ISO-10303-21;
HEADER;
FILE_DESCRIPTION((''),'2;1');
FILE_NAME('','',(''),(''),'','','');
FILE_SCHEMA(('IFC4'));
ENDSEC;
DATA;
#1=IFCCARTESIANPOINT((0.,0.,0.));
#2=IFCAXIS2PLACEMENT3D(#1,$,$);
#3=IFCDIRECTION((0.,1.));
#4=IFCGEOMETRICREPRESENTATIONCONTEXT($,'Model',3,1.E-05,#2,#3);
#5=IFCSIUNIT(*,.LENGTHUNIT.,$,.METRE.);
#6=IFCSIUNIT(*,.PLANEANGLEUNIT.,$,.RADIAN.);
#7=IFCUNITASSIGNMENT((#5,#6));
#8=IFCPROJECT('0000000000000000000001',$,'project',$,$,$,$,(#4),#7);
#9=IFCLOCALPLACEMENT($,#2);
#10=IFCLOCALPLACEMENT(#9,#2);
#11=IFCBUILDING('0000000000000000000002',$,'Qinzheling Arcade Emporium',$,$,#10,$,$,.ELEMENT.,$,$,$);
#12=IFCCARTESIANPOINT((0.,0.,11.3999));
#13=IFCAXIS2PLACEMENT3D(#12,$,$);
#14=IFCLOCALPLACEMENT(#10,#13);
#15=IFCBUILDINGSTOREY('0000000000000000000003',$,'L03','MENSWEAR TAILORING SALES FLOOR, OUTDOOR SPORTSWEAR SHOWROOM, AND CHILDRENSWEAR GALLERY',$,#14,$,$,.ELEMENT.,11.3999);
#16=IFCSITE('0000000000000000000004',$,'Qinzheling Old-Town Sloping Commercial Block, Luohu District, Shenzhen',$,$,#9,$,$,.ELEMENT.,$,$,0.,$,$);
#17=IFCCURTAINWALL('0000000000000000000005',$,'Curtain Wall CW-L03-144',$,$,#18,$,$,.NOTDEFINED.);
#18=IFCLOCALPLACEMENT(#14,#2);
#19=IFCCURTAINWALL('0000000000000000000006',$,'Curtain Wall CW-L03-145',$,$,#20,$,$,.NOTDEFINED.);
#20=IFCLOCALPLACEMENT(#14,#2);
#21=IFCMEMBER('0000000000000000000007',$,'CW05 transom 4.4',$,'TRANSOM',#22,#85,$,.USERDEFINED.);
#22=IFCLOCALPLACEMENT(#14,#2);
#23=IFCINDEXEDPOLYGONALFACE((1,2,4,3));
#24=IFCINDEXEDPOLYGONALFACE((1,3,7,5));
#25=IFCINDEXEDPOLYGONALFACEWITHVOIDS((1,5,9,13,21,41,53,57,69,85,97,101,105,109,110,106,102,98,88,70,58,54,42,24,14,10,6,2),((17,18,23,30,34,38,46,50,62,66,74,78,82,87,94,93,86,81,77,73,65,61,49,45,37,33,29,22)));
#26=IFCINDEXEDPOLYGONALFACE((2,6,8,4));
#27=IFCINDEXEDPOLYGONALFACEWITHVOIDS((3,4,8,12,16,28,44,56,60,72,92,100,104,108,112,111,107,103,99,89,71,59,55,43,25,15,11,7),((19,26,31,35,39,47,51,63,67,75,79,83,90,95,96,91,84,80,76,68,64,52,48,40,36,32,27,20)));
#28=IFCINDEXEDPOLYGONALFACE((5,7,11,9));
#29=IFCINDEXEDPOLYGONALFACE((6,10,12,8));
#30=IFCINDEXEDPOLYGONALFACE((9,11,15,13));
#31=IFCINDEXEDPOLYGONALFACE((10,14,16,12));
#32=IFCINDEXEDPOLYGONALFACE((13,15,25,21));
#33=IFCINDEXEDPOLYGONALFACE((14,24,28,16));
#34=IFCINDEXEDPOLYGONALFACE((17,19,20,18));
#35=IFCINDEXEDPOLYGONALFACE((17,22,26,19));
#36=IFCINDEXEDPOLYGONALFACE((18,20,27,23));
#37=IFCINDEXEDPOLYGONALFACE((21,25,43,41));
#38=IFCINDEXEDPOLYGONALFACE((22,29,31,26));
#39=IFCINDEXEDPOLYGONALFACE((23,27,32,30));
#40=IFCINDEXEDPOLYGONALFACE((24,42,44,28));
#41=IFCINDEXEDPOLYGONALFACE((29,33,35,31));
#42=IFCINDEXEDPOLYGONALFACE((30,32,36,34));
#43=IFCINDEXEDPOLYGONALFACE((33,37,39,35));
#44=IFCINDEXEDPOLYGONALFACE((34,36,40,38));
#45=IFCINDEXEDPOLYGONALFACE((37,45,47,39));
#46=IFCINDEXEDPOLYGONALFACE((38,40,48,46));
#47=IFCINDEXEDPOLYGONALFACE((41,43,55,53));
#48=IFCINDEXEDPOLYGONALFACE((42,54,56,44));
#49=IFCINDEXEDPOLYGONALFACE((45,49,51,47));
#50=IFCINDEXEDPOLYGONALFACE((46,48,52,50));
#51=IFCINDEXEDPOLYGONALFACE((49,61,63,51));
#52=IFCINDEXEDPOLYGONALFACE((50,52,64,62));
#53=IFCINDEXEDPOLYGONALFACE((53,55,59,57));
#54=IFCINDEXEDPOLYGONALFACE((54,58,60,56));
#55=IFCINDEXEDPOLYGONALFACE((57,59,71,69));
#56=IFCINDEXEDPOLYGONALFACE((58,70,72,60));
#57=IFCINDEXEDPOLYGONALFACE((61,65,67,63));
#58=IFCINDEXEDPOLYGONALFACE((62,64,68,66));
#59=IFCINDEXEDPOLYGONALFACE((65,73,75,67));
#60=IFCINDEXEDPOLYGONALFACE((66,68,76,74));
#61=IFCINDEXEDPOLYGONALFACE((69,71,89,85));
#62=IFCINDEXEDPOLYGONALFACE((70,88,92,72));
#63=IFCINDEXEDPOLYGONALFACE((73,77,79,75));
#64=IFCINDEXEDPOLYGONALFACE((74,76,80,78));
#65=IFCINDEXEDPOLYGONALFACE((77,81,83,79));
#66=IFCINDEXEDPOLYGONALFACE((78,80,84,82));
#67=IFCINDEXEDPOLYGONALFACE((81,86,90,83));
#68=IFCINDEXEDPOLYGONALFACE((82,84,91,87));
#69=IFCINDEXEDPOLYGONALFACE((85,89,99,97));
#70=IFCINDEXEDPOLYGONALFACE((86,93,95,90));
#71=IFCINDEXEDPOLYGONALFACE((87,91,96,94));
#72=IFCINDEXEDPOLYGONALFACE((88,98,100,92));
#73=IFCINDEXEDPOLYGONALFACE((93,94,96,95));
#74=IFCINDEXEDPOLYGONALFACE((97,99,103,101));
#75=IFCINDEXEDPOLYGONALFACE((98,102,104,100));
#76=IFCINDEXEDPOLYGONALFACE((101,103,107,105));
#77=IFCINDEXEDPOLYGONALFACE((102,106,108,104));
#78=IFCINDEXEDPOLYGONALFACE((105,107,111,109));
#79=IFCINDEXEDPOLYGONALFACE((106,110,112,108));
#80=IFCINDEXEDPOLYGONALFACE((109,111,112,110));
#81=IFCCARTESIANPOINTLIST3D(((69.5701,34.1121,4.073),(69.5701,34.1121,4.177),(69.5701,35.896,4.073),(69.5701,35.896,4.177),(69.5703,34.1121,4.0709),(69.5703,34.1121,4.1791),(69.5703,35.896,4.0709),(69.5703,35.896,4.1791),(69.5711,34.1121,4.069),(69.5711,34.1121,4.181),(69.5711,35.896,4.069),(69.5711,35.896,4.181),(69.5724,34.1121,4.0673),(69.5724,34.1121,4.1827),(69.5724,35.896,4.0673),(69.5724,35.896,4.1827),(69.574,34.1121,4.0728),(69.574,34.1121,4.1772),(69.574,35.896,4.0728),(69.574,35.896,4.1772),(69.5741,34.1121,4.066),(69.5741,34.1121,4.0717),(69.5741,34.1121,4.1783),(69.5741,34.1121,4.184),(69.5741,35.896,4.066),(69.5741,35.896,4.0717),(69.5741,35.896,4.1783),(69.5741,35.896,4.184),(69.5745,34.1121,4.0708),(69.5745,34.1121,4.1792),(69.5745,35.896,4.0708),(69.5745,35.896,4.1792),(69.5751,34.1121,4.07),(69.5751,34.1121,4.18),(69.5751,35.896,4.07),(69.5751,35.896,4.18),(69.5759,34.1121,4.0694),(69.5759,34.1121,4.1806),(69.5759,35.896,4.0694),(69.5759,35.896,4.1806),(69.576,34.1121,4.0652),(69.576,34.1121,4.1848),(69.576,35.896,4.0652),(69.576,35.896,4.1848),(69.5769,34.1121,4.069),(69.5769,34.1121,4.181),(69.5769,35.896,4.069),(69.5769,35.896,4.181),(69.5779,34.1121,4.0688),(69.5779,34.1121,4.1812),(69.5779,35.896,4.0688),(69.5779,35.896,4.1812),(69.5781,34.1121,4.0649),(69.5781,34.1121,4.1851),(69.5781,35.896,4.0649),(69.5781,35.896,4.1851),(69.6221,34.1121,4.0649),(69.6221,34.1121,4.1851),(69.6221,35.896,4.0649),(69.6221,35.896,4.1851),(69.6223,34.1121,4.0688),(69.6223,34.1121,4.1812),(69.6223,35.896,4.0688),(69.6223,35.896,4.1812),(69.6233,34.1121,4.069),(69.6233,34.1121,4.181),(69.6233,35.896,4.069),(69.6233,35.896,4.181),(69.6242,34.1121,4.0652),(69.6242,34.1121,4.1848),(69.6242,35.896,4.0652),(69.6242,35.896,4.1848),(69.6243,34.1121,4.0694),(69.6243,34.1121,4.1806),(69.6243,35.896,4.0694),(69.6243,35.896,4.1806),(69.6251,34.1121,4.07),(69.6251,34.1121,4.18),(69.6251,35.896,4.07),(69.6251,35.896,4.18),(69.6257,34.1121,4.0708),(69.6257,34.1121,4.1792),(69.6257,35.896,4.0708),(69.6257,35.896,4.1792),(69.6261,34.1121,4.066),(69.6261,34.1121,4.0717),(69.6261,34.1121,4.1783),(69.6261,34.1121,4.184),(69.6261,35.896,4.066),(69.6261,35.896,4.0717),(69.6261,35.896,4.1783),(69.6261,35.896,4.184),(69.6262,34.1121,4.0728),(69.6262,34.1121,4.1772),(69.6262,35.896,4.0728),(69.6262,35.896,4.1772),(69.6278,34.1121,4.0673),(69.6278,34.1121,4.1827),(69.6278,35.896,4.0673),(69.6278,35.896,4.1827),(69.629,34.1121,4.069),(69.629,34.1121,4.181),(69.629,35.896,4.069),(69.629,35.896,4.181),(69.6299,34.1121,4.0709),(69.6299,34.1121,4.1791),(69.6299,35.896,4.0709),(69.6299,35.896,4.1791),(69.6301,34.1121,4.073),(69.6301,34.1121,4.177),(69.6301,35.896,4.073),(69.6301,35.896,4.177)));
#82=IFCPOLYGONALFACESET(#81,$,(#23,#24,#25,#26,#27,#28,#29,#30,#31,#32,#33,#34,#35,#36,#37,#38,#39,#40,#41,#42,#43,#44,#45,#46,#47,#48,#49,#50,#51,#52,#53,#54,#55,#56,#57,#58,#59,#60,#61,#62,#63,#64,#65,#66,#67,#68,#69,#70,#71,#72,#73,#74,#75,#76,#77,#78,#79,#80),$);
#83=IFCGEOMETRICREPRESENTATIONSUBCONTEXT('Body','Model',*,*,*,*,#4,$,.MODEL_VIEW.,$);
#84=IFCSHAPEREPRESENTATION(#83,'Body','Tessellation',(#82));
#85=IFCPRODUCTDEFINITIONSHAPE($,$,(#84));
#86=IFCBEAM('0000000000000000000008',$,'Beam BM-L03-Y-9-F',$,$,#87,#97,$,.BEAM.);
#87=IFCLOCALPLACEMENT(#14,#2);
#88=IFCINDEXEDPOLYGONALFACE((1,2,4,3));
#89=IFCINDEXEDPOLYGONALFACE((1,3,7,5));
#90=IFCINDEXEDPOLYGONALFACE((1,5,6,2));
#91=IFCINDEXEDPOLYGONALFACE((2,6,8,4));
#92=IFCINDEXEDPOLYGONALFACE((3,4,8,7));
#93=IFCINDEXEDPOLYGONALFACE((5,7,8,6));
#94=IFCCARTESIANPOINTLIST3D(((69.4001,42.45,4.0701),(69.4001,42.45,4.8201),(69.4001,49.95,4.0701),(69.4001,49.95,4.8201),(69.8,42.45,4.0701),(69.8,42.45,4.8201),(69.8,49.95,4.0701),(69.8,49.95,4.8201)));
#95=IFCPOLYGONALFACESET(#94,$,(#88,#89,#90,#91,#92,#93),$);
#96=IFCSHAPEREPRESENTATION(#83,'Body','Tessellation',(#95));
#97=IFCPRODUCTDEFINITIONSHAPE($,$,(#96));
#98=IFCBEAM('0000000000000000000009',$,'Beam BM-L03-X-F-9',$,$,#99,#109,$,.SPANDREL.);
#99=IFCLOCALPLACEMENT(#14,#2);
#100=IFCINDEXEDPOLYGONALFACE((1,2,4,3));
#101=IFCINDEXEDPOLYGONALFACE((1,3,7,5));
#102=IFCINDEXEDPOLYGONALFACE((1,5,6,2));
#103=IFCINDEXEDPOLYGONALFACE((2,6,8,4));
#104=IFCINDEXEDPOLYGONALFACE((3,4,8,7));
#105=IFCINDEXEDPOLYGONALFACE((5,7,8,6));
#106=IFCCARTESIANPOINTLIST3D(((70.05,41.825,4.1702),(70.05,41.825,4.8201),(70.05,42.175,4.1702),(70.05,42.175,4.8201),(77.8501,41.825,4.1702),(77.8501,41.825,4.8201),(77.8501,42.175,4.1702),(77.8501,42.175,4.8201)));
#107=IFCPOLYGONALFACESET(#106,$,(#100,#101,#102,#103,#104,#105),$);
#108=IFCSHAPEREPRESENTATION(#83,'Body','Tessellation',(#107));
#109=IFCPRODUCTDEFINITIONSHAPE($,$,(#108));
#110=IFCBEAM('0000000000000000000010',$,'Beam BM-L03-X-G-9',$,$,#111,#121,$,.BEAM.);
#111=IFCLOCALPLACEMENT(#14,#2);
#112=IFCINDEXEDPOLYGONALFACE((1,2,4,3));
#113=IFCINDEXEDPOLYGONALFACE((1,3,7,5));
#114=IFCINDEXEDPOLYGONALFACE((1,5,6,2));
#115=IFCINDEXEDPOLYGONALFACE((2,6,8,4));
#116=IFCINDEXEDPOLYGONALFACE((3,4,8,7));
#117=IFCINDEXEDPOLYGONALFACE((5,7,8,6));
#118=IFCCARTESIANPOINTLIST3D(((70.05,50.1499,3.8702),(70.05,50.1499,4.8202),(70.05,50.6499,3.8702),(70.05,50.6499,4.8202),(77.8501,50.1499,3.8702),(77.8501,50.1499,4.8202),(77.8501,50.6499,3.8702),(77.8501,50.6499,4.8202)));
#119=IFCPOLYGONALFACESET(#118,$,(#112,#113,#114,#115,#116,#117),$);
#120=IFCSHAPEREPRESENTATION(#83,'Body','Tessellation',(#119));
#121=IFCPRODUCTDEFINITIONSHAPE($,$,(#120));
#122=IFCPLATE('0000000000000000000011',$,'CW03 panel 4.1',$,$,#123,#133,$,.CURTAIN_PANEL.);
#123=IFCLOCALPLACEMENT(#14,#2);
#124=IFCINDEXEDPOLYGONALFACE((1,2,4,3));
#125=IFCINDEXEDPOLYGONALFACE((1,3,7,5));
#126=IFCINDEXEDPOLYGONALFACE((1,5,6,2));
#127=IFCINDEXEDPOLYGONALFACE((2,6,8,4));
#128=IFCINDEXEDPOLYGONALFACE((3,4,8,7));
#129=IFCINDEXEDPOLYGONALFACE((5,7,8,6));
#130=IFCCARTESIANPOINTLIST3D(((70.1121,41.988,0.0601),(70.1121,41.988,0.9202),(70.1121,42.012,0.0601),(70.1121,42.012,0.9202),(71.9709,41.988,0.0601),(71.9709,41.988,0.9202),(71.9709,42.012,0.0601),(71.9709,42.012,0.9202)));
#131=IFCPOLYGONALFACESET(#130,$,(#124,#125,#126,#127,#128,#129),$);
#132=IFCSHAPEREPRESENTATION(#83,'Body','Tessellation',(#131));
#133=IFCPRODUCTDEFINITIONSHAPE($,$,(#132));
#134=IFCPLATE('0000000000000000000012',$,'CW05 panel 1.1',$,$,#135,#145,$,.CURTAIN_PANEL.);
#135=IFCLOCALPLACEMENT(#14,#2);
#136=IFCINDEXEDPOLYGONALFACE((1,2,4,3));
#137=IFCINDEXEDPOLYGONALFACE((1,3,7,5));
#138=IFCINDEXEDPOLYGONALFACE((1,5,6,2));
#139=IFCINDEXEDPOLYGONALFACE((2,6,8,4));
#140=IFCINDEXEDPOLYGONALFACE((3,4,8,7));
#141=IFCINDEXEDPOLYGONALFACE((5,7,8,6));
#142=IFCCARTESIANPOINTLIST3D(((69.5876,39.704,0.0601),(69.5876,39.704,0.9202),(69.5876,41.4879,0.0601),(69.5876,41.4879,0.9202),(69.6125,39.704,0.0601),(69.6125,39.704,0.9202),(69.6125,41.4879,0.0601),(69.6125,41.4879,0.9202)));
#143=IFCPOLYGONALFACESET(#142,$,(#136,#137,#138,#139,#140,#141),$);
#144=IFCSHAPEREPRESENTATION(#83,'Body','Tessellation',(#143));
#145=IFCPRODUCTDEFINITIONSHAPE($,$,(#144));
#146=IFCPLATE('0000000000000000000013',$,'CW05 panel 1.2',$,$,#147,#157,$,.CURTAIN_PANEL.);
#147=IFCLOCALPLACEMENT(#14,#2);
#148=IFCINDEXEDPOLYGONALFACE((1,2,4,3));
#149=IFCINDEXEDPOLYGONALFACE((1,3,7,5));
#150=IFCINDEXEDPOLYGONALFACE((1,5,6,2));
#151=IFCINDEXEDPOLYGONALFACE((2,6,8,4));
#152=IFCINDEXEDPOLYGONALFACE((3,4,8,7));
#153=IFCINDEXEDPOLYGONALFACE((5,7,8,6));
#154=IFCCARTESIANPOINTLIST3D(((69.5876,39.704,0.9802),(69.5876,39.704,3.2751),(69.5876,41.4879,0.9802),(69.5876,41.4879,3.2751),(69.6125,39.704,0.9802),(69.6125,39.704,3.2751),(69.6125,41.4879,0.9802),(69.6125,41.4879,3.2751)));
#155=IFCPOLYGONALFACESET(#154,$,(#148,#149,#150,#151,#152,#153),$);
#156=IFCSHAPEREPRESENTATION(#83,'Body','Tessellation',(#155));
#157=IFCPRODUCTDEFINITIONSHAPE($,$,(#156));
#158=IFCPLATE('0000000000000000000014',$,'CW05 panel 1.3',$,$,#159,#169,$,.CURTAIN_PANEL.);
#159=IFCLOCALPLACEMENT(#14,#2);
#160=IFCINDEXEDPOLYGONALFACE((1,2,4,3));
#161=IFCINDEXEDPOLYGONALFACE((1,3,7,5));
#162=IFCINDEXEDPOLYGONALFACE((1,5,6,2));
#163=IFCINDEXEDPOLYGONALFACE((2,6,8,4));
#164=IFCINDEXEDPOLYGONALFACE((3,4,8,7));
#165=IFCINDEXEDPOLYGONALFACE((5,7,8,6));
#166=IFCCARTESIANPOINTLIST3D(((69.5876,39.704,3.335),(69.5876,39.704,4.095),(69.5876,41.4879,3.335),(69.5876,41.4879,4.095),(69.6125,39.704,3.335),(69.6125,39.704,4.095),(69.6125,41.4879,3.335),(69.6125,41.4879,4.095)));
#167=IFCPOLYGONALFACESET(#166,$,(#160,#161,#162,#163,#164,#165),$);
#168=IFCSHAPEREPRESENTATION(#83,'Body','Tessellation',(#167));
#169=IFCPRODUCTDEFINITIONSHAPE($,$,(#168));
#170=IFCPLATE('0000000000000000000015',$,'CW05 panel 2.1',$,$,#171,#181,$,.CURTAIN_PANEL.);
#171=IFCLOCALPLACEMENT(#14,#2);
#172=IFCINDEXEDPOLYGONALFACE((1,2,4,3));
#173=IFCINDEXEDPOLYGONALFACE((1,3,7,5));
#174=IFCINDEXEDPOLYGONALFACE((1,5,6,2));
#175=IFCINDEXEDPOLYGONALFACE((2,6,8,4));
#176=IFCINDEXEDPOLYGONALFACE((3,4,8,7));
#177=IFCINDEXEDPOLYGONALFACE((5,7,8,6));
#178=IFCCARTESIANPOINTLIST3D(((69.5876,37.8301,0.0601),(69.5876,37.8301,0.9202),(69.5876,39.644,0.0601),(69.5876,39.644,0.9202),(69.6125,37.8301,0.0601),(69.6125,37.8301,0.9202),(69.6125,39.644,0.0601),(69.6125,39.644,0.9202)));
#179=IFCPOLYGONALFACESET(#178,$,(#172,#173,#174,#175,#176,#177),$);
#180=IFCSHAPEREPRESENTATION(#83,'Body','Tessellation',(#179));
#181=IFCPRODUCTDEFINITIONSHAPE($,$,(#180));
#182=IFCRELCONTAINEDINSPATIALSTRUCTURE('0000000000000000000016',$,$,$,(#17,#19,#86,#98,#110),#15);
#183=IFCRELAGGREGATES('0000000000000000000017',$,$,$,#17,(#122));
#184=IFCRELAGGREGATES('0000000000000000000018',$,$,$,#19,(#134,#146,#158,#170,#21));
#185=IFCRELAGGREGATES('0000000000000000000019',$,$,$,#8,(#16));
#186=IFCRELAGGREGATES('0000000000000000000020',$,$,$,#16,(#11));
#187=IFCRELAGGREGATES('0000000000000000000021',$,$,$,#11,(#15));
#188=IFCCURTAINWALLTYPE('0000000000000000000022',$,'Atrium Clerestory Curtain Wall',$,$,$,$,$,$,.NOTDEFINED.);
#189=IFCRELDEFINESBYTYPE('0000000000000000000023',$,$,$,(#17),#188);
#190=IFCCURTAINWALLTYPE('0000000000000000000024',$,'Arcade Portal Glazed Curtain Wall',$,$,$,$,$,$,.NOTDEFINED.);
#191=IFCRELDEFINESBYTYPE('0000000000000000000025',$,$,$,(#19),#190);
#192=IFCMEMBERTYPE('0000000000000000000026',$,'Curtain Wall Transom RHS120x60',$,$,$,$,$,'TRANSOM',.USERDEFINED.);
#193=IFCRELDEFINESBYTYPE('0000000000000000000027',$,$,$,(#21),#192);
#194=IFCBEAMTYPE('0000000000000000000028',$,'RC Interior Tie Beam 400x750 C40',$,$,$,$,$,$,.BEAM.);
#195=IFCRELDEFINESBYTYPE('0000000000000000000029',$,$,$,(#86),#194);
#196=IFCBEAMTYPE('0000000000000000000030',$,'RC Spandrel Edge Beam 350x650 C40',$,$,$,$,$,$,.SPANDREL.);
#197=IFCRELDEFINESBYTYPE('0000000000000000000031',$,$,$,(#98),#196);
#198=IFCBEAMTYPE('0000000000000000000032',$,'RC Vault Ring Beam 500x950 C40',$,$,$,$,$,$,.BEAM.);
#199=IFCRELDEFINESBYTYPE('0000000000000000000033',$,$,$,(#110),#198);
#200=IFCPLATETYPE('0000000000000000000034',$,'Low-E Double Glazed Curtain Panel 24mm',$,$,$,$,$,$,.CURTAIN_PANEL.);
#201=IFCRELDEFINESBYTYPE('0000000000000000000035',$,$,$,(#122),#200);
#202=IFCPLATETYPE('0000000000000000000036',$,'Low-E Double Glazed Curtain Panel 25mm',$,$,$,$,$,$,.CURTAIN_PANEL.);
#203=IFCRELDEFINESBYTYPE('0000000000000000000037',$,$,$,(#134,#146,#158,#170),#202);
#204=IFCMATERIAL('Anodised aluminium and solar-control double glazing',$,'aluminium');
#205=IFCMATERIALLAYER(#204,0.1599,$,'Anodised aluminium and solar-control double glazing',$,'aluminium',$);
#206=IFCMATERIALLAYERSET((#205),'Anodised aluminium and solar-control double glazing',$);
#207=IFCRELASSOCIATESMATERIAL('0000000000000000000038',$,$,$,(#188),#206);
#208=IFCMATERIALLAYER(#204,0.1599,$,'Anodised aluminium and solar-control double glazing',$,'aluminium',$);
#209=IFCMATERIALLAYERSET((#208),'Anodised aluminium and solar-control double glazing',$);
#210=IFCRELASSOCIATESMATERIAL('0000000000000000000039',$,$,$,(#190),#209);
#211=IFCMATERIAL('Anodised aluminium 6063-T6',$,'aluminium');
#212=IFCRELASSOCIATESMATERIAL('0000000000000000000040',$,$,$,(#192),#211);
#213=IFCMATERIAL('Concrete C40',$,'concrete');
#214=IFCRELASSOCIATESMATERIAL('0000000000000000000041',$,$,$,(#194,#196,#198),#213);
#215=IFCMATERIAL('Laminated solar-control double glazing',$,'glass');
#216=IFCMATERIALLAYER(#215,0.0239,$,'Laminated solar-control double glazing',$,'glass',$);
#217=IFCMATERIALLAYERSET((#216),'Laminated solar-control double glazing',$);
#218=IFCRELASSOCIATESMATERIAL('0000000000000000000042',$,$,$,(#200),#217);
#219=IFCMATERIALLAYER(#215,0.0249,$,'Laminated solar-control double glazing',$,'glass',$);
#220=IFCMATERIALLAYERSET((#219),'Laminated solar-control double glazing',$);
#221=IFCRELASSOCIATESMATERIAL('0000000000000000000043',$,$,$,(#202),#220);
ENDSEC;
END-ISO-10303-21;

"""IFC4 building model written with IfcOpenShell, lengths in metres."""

from ifc_helpers import new_model, si_unit, direction, frame, origin, origin_2d, place, context, subcontext, project, spatial, rectangle, hollow_rectangle, extrude, material, layer, layer_set, material_profile, profile_set, type_object, element, aggregate, save


model = new_model("IFC4")

# Units and contexts
model_context = context("Model", 3, precision=1e-05, world=origin(), true_north=direction((0.0, 1.0)))
body_context = subcontext(model_context, "Body", "Model", "MODEL_VIEW")
ifc_project = project(units=[si_unit("LENGTHUNIT", "METRE"), si_unit("PLANEANGLEUNIT", "RADIAN")], contexts=[model_context])

# Site, building, storey
site_placement = place(None, origin())
site = spatial("IfcSite", under=ifc_project, at=site_placement, Name="Qinzheling Old-Town Sloping Commercial Block, Luohu District, Shenzhen", CompositionType="ELEMENT", RefElevation=0.0)
building_placement = place(site_placement, origin())
building = spatial("IfcBuilding", under=site, at=building_placement, Name="Qinzheling Arcade Emporium", CompositionType="ELEMENT")
storey_placement = place(building_placement, frame((0.0, 0.0, 11.3999)))
storey = spatial("IfcBuildingStorey", under=building, at=storey_placement, Name="L03", Description="MENSWEAR TAILORING SALES FLOOR, OUTDOOR SPORTSWEAR SHOWROOM, AND CHILDRENSWEAR GALLERY", CompositionType="ELEMENT", Elevation=11.3999)

# Curtain wall
ifc_material_1 = material(Name="Anodised aluminium and solar-control double glazing", Category="aluminium")
ifc_layer_1 = layer(ifc_material_1, 0.1599, Name="Anodised aluminium and solar-control double glazing", Category="aluminium")
ifc_layer_set_1 = layer_set([ifc_layer_1], Name="Anodised aluminium and solar-control double glazing")
curtain_wall_type_1 = type_object("IfcCurtainWallType", Name="Atrium Clerestory Curtain Wall", PredefinedType="NOTDEFINED", material=ifc_layer_set_1)
curtain_wall_1_placement = place(storey_placement, origin())
curtain_wall_1 = element("IfcCurtainWall", 1, at=curtain_wall_1_placement, inside=storey, type_object=curtain_wall_type_1, Name="Curtain Wall CW-L03-144", PredefinedType="NOTDEFINED")
ifc_material_2 = material(Name="Anodised aluminium 6063-T6", Category="aluminium")

# Curtain wall, member
ifc_layer_2 = layer(ifc_material_1, 0.1599, Name="Anodised aluminium and solar-control double glazing", Category="aluminium")
ifc_layer_set_2 = layer_set([ifc_layer_2], Name="Anodised aluminium and solar-control double glazing")
curtain_wall_type_2 = type_object("IfcCurtainWallType", Name="Arcade Portal Glazed Curtain Wall", PredefinedType="NOTDEFINED", material=ifc_layer_set_2)
curtain_wall_2_placement = place(storey_placement, origin())
curtain_wall_2 = element("IfcCurtainWall", 2, at=curtain_wall_2_placement, inside=storey, type_object=curtain_wall_type_2, Name="Curtain Wall CW-L03-145", PredefinedType="NOTDEFINED")
ifc_material_profile_1 = material_profile(ifc_material_2, hollow_rectangle(XDim=0.0601, YDim=0.1201, WallThickness=0.0039, InnerFilletRadius=0.0039, OuterFilletRadius=0.0081, at=origin_2d()), Name="RHS 120x60x4", Category="aluminium")
ifc_profile_set_1 = profile_set([ifc_material_profile_1], Name="Anodised aluminium 6063-T6")
member_type_1 = type_object("IfcMemberType", Name="Curtain Wall Transom RHS120x60", ElementType="TRANSOM", PredefinedType="USERDEFINED", material=ifc_profile_set_1)
member_1_placement = place(storey_placement, frame((69.6001, 35.896, 4.125), z_axis=(0.0, -1.0, 0.0), x_axis=(1.0, 0.0, 0.0)))
member_1 = element("IfcMember", 3, at=member_1_placement, type_object=member_type_1, Name="CW05 transom 4.4", ObjectType="TRANSOM", PredefinedType="USERDEFINED", context=body_context, shape_type="SweptSolid", body=[
    extrude(hollow_rectangle(XDim=0.0601, YDim=0.1201, WallThickness=0.0039, InnerFilletRadius=0.0039, OuterFilletRadius=0.0081, at=origin_2d()), origin(), (0.0, 0.0, 1.0), 1.7839),
])

# Beams
ifc_material_3 = material(Name="Concrete C40", Category="concrete")
ifc_material_profile_2 = material_profile(ifc_material_3, rectangle(XDim=0.3999, YDim=0.75, at=origin_2d()), Name="RC 400x750", Category="concrete")
ifc_profile_set_2 = profile_set([ifc_material_profile_2], Name="Concrete C40")
beam_type_1 = type_object("IfcBeamType", Name="RC Interior Tie Beam 400x750 C40", PredefinedType="BEAM", material=ifc_profile_set_2)
beam_1_placement = place(storey_placement, frame((69.6001, 42.45, 4.4451), z_axis=(0.0, 1.0, 0.0), x_axis=(-1.0, 0.0, 0.0)))
element("IfcBeam", 4, at=beam_1_placement, inside=storey, type_object=beam_type_1, Name="Beam BM-L03-Y-9-F", PredefinedType="BEAM", context=body_context, shape_type="SweptSolid", body=[
    extrude(rectangle(XDim=0.3999, YDim=0.75, at=origin_2d()), origin(), (0.0, 0.0, 1.0), 7.5),
])
ifc_material_profile_3 = material_profile(ifc_material_3, rectangle(XDim=0.3501, YDim=0.6499, at=origin_2d()), Name="RC 350x650", Category="concrete")
ifc_profile_set_3 = profile_set([ifc_material_profile_3], Name="Concrete C40")
beam_type_2 = type_object("IfcBeamType", Name="RC Spandrel Edge Beam 350x650 C40", PredefinedType="SPANDREL", material=ifc_profile_set_3)
beam_2_placement = place(storey_placement, frame((70.05, 42.0, 4.4951), z_axis=(1.0, 0.0, 0.0), x_axis=(0.0, 1.0, 0.0)))
element("IfcBeam", 5, at=beam_2_placement, inside=storey, type_object=beam_type_2, Name="Beam BM-L03-X-F-9", PredefinedType="SPANDREL", context=body_context, shape_type="SweptSolid", body=[
    extrude(rectangle(XDim=0.3501, YDim=0.6499, at=origin_2d()), origin(), (0.0, 0.0, 1.0), 7.8),
])
ifc_material_profile_4 = material_profile(ifc_material_3, rectangle(XDim=0.5, YDim=0.95, at=origin_2d()), Name="RC 500x950", Category="concrete")
ifc_profile_set_4 = profile_set([ifc_material_profile_4], Name="Concrete C40")
beam_type_3 = type_object("IfcBeamType", Name="RC Vault Ring Beam 500x950 C40", PredefinedType="BEAM", material=ifc_profile_set_4)
beam_3_placement = place(storey_placement, frame((70.05, 50.3999, 4.3452), z_axis=(1.0, 0.0, 0.0), x_axis=(0.0, 1.0, 0.0)))
element("IfcBeam", 6, at=beam_3_placement, inside=storey, type_object=beam_type_3, Name="Beam BM-L03-X-G-9", PredefinedType="BEAM", context=body_context, shape_type="SweptSolid", body=[
    extrude(rectangle(XDim=0.5, YDim=0.95, at=origin_2d()), origin(), (0.0, 0.0, 1.0), 7.8),
])

# Plates
ifc_material_4 = material(Name="Laminated solar-control double glazing", Category="glass")
ifc_layer_3 = layer(ifc_material_4, 0.0239, Name="Laminated solar-control double glazing", Category="glass")
ifc_layer_set_3 = layer_set([ifc_layer_3], Name="Laminated solar-control double glazing")
plate_type_1 = type_object("IfcPlateType", Name="Low-E Double Glazed Curtain Panel 24mm", PredefinedType="CURTAIN_PANEL", material=ifc_layer_set_3)
plate_1_placement = place(storey_placement, frame((71.0415, 42.0, 0.0601), z_axis=(0.0, 0.0, 1.0), x_axis=(-1.0, 0.0, 0.0)))
plate_1 = element("IfcPlate", 7, at=plate_1_placement, type_object=plate_type_1, Name="CW03 panel 4.1", PredefinedType="CURTAIN_PANEL", context=body_context, shape_type="SweptSolid", body=[
    extrude(rectangle(XDim=1.8589, YDim=0.0239, at=origin_2d()), origin(), (0.0, 0.0, 1.0), 0.8601),
])
aggregate(curtain_wall_1, [plate_1])
ifc_layer_4 = layer(ifc_material_4, 0.0249, Name="Laminated solar-control double glazing", Category="glass")
ifc_layer_set_4 = layer_set([ifc_layer_4], Name="Laminated solar-control double glazing")
plate_type_2 = type_object("IfcPlateType", Name="Low-E Double Glazed Curtain Panel 25mm", PredefinedType="CURTAIN_PANEL", material=ifc_layer_set_4)
plate_2_placement = place(storey_placement, frame((69.6001, 40.5959, 0.0601), z_axis=(0.0, 0.0, 1.0), x_axis=(0.0, -1.0, 0.0)))
plate_2 = element("IfcPlate", 8, at=plate_2_placement, type_object=plate_type_2, Name="CW05 panel 1.1", PredefinedType="CURTAIN_PANEL", context=body_context, shape_type="SweptSolid", body=[
    extrude(rectangle(XDim=1.7839, YDim=0.0249, at=origin_2d()), origin(), (0.0, 0.0, 1.0), 0.8601),
])
plate_3_placement = place(storey_placement, frame((69.6001, 40.5959, 0.9802), z_axis=(0.0, 0.0, 1.0), x_axis=(0.0, -1.0, 0.0)))
plate_3 = element("IfcPlate", 9, at=plate_3_placement, type_object=plate_type_2, Name="CW05 panel 1.2", PredefinedType="CURTAIN_PANEL", context=body_context, shape_type="SweptSolid", body=[
    extrude(rectangle(XDim=1.7839, YDim=0.0249, at=origin_2d()), origin(), (0.0, 0.0, 1.0), 2.2949),
])
plate_4_placement = place(storey_placement, frame((69.6001, 40.5959, 3.335), z_axis=(0.0, 0.0, 1.0), x_axis=(0.0, -1.0, 0.0)))
plate_4 = element("IfcPlate", 10, at=plate_4_placement, type_object=plate_type_2, Name="CW05 panel 1.3", PredefinedType="CURTAIN_PANEL", context=body_context, shape_type="SweptSolid", body=[
    extrude(rectangle(XDim=1.7839, YDim=0.0249, at=origin_2d()), origin(), (0.0, 0.0, 1.0), 0.76),
])
plate_5_placement = place(storey_placement, frame((69.6001, 38.7371, 0.0601), z_axis=(0.0, 0.0, 1.0), x_axis=(0.0, -1.0, 0.0)))
plate_5 = element("IfcPlate", 11, at=plate_5_placement, type_object=plate_type_2, Name="CW05 panel 2.1", PredefinedType="CURTAIN_PANEL", context=body_context, shape_type="SweptSolid", body=[
    extrude(rectangle(XDim=1.814, YDim=0.0249, at=origin_2d()), origin(), (0.0, 0.0, 1.0), 0.8601),
])
aggregate(curtain_wall_2, [plate_2, plate_3, plate_4, plate_5, member_1])

save(model, "model.ifc")
